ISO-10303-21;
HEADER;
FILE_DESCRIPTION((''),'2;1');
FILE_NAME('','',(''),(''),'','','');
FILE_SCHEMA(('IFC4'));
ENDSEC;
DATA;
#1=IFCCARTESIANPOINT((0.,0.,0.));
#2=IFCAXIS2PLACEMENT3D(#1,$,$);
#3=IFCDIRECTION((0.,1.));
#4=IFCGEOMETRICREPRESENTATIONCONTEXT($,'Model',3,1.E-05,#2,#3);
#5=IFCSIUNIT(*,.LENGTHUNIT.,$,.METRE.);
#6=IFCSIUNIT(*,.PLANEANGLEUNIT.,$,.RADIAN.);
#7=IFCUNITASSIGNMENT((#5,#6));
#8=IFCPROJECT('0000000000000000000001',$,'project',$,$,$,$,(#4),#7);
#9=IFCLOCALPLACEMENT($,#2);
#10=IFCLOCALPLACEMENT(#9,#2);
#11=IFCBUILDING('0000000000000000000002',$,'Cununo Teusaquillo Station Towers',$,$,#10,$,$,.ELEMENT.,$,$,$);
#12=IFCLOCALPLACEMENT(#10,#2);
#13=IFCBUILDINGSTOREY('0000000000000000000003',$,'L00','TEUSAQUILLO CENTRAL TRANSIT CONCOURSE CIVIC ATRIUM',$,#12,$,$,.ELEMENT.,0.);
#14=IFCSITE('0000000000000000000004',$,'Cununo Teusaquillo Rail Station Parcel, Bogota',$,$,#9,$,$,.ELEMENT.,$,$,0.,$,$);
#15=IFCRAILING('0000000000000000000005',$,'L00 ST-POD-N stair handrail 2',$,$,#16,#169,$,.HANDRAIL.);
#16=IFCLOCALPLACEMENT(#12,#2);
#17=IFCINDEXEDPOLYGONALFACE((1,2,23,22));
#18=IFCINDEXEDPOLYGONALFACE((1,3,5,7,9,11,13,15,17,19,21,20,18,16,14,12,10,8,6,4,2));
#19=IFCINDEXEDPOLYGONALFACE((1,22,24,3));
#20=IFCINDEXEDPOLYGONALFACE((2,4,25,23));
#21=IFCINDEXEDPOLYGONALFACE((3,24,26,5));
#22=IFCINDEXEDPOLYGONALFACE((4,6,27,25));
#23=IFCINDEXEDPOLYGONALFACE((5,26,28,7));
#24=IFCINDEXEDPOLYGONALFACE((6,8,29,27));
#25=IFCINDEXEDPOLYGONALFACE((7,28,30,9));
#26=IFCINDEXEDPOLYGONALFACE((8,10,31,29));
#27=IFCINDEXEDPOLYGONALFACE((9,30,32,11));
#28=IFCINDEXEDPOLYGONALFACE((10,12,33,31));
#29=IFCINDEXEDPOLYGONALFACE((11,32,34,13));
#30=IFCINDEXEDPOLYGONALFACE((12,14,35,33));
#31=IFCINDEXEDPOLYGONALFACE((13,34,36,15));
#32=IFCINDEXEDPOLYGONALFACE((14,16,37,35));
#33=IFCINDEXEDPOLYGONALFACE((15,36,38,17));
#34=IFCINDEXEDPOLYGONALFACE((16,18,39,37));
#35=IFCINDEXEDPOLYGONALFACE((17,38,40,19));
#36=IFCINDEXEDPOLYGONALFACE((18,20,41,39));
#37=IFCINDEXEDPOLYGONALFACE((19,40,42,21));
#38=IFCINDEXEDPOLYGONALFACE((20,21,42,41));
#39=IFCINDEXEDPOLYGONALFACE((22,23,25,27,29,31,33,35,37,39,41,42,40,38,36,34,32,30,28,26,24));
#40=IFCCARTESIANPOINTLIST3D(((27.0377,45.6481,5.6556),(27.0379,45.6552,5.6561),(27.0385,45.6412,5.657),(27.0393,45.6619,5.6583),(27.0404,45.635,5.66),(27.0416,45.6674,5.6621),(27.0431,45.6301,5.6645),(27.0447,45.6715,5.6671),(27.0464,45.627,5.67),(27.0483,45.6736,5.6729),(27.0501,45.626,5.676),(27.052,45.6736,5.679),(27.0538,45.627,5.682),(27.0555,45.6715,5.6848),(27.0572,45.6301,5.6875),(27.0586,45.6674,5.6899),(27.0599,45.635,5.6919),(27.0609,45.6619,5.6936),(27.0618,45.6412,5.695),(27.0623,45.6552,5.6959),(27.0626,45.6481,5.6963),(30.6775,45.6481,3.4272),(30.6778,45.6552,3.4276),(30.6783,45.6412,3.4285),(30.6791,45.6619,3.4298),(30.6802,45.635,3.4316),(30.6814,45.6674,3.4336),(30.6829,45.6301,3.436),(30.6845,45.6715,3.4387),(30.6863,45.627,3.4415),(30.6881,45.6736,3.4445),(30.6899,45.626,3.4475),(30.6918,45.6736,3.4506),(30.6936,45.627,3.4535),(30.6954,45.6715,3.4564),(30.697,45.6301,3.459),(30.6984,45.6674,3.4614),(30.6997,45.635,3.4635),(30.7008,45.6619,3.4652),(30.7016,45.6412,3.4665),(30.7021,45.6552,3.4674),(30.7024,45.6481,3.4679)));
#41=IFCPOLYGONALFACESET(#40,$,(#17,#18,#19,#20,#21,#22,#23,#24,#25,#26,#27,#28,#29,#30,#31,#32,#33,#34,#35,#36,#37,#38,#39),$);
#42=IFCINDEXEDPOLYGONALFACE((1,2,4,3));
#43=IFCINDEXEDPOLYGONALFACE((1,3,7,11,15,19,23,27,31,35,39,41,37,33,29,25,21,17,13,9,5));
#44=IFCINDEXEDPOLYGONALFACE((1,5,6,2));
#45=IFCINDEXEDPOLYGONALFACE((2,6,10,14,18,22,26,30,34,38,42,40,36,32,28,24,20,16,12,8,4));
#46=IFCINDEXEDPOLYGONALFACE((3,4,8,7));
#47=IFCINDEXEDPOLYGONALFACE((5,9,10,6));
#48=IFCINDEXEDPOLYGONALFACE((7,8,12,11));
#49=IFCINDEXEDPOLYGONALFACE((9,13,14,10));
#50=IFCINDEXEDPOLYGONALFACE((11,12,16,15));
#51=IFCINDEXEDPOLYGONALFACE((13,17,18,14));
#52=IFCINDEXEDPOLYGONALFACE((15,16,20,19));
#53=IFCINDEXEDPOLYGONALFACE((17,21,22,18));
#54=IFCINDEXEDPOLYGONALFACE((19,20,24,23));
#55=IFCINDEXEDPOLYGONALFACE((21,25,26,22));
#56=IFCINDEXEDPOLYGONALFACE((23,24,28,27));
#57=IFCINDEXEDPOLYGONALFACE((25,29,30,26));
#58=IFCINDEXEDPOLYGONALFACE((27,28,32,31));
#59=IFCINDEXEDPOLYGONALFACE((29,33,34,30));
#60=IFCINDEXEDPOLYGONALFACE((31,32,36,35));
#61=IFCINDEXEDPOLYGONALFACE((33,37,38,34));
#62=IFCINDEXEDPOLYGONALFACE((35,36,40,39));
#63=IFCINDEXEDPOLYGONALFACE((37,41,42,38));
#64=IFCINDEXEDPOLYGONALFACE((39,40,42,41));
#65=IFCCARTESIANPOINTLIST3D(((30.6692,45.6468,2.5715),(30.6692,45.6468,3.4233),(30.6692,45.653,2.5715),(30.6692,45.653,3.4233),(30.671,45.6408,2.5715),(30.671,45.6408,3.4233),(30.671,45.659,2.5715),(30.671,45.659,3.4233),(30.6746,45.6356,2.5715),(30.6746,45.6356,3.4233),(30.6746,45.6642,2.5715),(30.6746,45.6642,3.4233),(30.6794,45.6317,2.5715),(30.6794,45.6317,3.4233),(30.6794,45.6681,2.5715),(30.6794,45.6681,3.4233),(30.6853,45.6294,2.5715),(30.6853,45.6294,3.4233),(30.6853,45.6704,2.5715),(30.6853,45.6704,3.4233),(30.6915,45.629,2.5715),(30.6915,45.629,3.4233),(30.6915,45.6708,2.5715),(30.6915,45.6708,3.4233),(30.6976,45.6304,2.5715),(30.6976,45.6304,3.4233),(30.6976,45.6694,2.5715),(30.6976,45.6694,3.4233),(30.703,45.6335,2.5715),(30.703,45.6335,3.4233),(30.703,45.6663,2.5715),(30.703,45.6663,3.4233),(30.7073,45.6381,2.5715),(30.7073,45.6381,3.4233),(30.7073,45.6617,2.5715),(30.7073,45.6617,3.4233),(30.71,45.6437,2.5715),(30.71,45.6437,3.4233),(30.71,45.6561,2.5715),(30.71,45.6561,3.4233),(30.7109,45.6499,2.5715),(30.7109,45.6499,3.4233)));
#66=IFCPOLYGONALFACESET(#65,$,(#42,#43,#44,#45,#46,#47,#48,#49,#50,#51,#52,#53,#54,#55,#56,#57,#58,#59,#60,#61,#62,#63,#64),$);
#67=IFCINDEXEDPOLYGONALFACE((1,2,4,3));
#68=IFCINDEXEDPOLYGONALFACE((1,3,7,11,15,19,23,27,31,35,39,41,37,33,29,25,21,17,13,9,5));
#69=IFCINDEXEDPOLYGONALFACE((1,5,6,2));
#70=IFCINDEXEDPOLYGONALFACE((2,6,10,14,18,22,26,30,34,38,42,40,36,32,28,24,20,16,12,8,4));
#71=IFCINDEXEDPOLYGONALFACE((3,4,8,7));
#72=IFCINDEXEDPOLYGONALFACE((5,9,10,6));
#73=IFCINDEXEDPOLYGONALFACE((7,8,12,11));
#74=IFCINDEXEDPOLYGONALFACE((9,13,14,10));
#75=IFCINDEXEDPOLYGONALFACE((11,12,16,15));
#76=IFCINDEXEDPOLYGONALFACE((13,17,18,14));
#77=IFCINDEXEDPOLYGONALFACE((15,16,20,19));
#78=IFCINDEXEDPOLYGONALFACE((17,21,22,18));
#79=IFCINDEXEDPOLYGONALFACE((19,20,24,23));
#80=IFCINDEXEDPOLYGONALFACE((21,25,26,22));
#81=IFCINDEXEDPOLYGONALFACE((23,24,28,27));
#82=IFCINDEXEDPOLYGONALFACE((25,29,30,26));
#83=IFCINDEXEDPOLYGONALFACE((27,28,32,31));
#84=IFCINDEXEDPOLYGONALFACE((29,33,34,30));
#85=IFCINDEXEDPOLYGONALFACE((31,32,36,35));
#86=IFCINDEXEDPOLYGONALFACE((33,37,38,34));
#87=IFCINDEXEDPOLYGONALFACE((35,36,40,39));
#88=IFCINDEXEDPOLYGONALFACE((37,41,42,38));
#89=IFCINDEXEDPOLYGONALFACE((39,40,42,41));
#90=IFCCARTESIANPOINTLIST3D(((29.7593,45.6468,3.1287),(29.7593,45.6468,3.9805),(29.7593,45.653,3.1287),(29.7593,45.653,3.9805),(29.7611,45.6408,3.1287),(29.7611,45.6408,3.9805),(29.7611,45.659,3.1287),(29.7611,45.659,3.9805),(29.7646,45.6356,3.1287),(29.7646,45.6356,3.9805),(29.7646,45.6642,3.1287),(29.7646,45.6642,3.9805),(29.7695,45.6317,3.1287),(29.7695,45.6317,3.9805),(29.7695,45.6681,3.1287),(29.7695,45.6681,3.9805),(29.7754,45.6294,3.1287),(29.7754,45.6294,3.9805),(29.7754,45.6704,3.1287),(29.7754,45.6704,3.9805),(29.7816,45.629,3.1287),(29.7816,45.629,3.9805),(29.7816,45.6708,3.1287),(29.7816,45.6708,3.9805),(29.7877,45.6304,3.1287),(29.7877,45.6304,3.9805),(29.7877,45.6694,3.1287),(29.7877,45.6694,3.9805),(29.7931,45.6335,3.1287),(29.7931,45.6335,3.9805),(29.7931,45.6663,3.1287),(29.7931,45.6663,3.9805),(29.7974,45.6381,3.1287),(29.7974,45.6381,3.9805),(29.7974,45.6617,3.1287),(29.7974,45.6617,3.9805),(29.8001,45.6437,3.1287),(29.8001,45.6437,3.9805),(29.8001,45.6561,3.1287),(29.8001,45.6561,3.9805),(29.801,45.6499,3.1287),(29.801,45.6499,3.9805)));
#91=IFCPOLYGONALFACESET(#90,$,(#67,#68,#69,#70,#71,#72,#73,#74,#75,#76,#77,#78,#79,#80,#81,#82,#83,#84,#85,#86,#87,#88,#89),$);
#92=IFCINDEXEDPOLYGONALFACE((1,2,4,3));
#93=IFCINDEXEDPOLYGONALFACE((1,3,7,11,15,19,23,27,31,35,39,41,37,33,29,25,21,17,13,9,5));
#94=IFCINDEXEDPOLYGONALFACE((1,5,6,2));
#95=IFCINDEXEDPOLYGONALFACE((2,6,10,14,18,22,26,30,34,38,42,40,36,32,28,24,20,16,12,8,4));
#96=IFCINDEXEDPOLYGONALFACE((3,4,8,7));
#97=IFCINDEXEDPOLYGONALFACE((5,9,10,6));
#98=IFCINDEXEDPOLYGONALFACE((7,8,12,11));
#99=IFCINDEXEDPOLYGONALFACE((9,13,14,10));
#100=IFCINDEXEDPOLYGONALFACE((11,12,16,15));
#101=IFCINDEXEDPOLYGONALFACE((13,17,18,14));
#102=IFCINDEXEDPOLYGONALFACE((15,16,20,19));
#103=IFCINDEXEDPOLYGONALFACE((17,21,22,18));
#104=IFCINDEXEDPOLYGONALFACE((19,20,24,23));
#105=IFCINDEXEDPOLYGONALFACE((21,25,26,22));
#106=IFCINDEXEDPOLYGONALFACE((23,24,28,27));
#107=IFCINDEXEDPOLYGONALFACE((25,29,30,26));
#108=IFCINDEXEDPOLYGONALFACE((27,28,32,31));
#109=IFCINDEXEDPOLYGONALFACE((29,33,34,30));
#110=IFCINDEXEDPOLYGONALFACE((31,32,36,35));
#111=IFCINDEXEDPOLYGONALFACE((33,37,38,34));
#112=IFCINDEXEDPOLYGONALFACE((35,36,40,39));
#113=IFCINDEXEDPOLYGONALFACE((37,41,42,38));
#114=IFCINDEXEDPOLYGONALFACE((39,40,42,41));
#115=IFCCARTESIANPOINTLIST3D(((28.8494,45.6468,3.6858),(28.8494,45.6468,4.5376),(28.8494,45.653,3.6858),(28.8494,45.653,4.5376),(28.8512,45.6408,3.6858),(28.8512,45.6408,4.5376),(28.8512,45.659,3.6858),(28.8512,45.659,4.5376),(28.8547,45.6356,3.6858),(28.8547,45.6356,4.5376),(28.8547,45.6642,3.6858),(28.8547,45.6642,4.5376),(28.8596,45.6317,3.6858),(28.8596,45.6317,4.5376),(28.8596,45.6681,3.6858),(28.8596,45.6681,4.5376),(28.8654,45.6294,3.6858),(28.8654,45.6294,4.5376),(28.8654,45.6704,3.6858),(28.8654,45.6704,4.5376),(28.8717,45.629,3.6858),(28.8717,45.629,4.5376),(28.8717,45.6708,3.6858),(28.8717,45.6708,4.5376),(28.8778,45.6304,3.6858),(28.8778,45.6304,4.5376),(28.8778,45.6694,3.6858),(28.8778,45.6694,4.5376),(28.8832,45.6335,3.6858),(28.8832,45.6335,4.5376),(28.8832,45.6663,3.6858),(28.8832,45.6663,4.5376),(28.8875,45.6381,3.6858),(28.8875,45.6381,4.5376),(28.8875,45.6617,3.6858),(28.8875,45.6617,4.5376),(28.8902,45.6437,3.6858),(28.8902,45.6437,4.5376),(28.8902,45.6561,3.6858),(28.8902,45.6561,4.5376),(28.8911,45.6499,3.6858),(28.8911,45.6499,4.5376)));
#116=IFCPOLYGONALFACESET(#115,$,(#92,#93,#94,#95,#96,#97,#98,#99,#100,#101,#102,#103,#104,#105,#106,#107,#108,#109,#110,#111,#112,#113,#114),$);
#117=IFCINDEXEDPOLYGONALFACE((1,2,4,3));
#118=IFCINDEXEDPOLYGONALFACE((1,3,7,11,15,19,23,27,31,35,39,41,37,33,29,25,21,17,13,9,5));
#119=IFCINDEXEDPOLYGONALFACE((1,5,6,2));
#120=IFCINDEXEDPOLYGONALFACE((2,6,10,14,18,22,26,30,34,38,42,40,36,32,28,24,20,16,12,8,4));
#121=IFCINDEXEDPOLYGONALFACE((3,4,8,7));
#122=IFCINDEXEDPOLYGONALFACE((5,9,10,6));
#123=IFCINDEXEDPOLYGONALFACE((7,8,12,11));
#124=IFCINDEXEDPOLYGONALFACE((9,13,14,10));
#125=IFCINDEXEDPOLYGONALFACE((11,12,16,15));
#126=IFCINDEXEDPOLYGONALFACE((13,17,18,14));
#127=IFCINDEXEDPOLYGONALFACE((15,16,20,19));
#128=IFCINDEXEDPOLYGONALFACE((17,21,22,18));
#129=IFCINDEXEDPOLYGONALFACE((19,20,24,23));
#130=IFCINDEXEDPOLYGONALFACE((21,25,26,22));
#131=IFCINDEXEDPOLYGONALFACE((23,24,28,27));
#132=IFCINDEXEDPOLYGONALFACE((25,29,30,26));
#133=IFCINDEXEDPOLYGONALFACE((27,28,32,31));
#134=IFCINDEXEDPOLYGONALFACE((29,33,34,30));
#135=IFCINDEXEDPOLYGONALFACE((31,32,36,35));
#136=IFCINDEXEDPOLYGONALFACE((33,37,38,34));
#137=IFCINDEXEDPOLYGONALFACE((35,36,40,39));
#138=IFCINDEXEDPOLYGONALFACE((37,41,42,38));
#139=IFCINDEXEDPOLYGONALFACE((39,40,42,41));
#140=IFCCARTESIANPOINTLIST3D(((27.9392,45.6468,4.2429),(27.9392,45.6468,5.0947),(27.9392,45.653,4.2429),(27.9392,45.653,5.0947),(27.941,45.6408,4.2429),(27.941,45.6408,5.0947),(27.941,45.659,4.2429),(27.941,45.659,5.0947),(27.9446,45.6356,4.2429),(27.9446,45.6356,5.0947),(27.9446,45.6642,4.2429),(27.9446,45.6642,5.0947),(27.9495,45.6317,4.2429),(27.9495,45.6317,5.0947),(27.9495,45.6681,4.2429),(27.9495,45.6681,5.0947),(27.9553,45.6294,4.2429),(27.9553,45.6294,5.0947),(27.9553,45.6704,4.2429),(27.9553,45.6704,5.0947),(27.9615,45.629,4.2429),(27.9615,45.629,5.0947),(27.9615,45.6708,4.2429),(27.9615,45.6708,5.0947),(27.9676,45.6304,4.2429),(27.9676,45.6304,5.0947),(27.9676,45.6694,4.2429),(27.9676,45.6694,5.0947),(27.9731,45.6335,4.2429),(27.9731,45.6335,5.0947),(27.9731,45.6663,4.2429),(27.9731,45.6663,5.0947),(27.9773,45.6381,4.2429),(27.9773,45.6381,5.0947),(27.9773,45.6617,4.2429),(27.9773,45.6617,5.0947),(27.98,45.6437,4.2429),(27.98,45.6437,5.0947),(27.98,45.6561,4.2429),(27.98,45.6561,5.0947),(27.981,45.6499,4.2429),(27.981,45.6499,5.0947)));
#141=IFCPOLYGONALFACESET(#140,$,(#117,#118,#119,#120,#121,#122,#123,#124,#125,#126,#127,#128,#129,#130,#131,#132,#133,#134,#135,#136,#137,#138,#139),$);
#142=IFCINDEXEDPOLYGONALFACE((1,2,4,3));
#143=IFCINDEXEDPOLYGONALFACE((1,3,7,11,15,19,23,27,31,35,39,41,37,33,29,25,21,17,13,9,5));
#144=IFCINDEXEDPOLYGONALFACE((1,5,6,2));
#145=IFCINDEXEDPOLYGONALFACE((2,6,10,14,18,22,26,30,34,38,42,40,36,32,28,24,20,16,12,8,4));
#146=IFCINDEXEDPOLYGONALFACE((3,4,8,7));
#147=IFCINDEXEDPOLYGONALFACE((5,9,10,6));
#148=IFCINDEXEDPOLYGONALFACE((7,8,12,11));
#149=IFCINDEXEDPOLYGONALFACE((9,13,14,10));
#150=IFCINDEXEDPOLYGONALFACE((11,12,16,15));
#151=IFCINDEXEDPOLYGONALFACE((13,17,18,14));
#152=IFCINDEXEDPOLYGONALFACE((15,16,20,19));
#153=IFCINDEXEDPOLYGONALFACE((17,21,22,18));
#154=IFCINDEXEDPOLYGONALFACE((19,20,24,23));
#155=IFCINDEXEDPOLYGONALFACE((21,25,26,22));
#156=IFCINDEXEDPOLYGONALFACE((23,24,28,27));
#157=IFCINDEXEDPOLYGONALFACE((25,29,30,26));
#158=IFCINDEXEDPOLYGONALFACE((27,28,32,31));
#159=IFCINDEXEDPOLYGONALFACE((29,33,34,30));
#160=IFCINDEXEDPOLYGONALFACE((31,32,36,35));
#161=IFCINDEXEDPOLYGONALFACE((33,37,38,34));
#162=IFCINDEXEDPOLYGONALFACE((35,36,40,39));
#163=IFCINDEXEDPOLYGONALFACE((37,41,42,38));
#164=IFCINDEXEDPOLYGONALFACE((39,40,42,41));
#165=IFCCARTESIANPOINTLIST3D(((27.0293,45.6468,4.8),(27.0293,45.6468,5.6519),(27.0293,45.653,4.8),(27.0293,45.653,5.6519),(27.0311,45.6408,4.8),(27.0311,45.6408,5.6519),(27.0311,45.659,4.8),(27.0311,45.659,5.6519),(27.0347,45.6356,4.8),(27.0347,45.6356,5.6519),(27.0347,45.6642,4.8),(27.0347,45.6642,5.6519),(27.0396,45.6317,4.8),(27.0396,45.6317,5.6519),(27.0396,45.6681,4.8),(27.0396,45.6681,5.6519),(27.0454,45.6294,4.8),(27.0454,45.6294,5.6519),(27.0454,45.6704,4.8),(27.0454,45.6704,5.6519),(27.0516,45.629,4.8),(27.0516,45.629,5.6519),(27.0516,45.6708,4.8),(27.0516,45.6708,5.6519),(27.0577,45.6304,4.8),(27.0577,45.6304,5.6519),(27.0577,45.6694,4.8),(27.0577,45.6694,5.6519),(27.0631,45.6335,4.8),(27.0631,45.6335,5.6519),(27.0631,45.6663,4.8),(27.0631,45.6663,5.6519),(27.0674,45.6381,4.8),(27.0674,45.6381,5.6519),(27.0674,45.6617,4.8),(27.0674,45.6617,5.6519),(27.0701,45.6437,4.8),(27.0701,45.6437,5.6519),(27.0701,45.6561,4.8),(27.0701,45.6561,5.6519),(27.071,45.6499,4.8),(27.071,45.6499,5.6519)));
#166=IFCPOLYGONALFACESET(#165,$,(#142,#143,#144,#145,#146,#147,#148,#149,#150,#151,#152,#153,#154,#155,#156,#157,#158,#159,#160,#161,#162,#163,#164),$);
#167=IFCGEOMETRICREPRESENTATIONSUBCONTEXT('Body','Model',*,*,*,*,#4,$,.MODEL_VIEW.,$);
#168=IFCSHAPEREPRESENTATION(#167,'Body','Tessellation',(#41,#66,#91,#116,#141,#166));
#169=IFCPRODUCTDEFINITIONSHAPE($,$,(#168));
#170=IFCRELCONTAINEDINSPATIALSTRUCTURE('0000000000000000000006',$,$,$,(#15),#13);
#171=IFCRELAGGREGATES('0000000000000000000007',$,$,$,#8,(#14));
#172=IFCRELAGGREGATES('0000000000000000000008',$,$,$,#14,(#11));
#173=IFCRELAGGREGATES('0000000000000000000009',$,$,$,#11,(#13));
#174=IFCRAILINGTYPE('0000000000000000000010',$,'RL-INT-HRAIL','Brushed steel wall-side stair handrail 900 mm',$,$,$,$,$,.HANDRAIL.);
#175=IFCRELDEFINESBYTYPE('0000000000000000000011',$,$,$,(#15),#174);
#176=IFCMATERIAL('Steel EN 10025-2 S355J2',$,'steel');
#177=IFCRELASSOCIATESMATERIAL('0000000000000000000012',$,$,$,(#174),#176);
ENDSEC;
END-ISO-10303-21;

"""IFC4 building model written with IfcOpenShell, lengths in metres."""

from ifc_helpers import new_model, si_unit, direction, frame, origin, origin_2d, place, context, subcontext, project, spatial, circle, extrude, material, type_object, element, save


model = new_model("IFC4")

# Units and contexts
model_context = context("Model", 3, precision=1e-05, world=origin(), true_north=direction((0.0, 1.0)))
body_context = subcontext(model_context, "Body", "Model", "MODEL_VIEW")
ifc_project = project(units=[si_unit("LENGTHUNIT", "METRE"), si_unit("PLANEANGLEUNIT", "RADIAN")], contexts=[model_context])

# Site, building, storey
site_placement = place(None, origin())
site = spatial("IfcSite", under=ifc_project, at=site_placement, Name="Cununo Teusaquillo Rail Station Parcel, Bogota", CompositionType="ELEMENT", RefElevation=0.0)
building_placement = place(site_placement, origin())
building = spatial("IfcBuilding", under=site, at=building_placement, Name="Cununo Teusaquillo Station Towers", CompositionType="ELEMENT")
storey_placement = place(building_placement, origin())
storey = spatial("IfcBuildingStorey", under=building, at=storey_placement, Name="L00", Description="TEUSAQUILLO CENTRAL TRANSIT CONCOURSE CIVIC ATRIUM", CompositionType="ELEMENT", Elevation=0.0)

# Railing
ifc_material_1 = material(Name="Steel EN 10025-2 S355J2", Category="steel")
railing_type_1 = type_object("IfcRailingType", Name="RL-INT-HRAIL", Description="Brushed steel wall-side stair handrail 900 mm", PredefinedType="HANDRAIL", material=ifc_material_1)
railing_1_placement = place(storey_placement, frame((30.6899, 45.6499, 2.5715)))
element("IfcRailing", 1, at=railing_1_placement, inside=storey, type_object=railing_type_1, Name="L00 ST-POD-N stair handrail 2", PredefinedType="HANDRAIL", context=body_context, shape_type="SweptSolid", body=[
    extrude(circle(Radius=0.0239, at=origin_2d()), frame((0.0, 0.0, 0.876), z_axis=(-0.85285, 0.0, 0.522156), x_axis=(0.0, -1.0, 0.0)), (0.0, 0.0, 1.0), 4.2678),
    extrude(circle(Radius=0.021, at=origin_2d()), origin(), (0.0, 0.0, 1.0), 0.8518),
    extrude(circle(Radius=0.021, at=origin_2d()), frame((-0.9099, 0.0, 0.5571)), (0.0, 0.0, 1.0), 0.8518),
    extrude(circle(Radius=0.021, at=origin_2d()), frame((-1.8198, 0.0, 1.1143)), (0.0, 0.0, 1.0), 0.8518),
    extrude(circle(Radius=0.021, at=origin_2d()), frame((-2.73, 0.0, 1.6714)), (0.0, 0.0, 1.0), 0.8518),
    extrude(circle(Radius=0.021, at=origin_2d()), frame((-3.6399, 0.0, 2.2285)), (0.0, 0.0, 1.0), 0.8518),
])

save(model, "model.ifc")
